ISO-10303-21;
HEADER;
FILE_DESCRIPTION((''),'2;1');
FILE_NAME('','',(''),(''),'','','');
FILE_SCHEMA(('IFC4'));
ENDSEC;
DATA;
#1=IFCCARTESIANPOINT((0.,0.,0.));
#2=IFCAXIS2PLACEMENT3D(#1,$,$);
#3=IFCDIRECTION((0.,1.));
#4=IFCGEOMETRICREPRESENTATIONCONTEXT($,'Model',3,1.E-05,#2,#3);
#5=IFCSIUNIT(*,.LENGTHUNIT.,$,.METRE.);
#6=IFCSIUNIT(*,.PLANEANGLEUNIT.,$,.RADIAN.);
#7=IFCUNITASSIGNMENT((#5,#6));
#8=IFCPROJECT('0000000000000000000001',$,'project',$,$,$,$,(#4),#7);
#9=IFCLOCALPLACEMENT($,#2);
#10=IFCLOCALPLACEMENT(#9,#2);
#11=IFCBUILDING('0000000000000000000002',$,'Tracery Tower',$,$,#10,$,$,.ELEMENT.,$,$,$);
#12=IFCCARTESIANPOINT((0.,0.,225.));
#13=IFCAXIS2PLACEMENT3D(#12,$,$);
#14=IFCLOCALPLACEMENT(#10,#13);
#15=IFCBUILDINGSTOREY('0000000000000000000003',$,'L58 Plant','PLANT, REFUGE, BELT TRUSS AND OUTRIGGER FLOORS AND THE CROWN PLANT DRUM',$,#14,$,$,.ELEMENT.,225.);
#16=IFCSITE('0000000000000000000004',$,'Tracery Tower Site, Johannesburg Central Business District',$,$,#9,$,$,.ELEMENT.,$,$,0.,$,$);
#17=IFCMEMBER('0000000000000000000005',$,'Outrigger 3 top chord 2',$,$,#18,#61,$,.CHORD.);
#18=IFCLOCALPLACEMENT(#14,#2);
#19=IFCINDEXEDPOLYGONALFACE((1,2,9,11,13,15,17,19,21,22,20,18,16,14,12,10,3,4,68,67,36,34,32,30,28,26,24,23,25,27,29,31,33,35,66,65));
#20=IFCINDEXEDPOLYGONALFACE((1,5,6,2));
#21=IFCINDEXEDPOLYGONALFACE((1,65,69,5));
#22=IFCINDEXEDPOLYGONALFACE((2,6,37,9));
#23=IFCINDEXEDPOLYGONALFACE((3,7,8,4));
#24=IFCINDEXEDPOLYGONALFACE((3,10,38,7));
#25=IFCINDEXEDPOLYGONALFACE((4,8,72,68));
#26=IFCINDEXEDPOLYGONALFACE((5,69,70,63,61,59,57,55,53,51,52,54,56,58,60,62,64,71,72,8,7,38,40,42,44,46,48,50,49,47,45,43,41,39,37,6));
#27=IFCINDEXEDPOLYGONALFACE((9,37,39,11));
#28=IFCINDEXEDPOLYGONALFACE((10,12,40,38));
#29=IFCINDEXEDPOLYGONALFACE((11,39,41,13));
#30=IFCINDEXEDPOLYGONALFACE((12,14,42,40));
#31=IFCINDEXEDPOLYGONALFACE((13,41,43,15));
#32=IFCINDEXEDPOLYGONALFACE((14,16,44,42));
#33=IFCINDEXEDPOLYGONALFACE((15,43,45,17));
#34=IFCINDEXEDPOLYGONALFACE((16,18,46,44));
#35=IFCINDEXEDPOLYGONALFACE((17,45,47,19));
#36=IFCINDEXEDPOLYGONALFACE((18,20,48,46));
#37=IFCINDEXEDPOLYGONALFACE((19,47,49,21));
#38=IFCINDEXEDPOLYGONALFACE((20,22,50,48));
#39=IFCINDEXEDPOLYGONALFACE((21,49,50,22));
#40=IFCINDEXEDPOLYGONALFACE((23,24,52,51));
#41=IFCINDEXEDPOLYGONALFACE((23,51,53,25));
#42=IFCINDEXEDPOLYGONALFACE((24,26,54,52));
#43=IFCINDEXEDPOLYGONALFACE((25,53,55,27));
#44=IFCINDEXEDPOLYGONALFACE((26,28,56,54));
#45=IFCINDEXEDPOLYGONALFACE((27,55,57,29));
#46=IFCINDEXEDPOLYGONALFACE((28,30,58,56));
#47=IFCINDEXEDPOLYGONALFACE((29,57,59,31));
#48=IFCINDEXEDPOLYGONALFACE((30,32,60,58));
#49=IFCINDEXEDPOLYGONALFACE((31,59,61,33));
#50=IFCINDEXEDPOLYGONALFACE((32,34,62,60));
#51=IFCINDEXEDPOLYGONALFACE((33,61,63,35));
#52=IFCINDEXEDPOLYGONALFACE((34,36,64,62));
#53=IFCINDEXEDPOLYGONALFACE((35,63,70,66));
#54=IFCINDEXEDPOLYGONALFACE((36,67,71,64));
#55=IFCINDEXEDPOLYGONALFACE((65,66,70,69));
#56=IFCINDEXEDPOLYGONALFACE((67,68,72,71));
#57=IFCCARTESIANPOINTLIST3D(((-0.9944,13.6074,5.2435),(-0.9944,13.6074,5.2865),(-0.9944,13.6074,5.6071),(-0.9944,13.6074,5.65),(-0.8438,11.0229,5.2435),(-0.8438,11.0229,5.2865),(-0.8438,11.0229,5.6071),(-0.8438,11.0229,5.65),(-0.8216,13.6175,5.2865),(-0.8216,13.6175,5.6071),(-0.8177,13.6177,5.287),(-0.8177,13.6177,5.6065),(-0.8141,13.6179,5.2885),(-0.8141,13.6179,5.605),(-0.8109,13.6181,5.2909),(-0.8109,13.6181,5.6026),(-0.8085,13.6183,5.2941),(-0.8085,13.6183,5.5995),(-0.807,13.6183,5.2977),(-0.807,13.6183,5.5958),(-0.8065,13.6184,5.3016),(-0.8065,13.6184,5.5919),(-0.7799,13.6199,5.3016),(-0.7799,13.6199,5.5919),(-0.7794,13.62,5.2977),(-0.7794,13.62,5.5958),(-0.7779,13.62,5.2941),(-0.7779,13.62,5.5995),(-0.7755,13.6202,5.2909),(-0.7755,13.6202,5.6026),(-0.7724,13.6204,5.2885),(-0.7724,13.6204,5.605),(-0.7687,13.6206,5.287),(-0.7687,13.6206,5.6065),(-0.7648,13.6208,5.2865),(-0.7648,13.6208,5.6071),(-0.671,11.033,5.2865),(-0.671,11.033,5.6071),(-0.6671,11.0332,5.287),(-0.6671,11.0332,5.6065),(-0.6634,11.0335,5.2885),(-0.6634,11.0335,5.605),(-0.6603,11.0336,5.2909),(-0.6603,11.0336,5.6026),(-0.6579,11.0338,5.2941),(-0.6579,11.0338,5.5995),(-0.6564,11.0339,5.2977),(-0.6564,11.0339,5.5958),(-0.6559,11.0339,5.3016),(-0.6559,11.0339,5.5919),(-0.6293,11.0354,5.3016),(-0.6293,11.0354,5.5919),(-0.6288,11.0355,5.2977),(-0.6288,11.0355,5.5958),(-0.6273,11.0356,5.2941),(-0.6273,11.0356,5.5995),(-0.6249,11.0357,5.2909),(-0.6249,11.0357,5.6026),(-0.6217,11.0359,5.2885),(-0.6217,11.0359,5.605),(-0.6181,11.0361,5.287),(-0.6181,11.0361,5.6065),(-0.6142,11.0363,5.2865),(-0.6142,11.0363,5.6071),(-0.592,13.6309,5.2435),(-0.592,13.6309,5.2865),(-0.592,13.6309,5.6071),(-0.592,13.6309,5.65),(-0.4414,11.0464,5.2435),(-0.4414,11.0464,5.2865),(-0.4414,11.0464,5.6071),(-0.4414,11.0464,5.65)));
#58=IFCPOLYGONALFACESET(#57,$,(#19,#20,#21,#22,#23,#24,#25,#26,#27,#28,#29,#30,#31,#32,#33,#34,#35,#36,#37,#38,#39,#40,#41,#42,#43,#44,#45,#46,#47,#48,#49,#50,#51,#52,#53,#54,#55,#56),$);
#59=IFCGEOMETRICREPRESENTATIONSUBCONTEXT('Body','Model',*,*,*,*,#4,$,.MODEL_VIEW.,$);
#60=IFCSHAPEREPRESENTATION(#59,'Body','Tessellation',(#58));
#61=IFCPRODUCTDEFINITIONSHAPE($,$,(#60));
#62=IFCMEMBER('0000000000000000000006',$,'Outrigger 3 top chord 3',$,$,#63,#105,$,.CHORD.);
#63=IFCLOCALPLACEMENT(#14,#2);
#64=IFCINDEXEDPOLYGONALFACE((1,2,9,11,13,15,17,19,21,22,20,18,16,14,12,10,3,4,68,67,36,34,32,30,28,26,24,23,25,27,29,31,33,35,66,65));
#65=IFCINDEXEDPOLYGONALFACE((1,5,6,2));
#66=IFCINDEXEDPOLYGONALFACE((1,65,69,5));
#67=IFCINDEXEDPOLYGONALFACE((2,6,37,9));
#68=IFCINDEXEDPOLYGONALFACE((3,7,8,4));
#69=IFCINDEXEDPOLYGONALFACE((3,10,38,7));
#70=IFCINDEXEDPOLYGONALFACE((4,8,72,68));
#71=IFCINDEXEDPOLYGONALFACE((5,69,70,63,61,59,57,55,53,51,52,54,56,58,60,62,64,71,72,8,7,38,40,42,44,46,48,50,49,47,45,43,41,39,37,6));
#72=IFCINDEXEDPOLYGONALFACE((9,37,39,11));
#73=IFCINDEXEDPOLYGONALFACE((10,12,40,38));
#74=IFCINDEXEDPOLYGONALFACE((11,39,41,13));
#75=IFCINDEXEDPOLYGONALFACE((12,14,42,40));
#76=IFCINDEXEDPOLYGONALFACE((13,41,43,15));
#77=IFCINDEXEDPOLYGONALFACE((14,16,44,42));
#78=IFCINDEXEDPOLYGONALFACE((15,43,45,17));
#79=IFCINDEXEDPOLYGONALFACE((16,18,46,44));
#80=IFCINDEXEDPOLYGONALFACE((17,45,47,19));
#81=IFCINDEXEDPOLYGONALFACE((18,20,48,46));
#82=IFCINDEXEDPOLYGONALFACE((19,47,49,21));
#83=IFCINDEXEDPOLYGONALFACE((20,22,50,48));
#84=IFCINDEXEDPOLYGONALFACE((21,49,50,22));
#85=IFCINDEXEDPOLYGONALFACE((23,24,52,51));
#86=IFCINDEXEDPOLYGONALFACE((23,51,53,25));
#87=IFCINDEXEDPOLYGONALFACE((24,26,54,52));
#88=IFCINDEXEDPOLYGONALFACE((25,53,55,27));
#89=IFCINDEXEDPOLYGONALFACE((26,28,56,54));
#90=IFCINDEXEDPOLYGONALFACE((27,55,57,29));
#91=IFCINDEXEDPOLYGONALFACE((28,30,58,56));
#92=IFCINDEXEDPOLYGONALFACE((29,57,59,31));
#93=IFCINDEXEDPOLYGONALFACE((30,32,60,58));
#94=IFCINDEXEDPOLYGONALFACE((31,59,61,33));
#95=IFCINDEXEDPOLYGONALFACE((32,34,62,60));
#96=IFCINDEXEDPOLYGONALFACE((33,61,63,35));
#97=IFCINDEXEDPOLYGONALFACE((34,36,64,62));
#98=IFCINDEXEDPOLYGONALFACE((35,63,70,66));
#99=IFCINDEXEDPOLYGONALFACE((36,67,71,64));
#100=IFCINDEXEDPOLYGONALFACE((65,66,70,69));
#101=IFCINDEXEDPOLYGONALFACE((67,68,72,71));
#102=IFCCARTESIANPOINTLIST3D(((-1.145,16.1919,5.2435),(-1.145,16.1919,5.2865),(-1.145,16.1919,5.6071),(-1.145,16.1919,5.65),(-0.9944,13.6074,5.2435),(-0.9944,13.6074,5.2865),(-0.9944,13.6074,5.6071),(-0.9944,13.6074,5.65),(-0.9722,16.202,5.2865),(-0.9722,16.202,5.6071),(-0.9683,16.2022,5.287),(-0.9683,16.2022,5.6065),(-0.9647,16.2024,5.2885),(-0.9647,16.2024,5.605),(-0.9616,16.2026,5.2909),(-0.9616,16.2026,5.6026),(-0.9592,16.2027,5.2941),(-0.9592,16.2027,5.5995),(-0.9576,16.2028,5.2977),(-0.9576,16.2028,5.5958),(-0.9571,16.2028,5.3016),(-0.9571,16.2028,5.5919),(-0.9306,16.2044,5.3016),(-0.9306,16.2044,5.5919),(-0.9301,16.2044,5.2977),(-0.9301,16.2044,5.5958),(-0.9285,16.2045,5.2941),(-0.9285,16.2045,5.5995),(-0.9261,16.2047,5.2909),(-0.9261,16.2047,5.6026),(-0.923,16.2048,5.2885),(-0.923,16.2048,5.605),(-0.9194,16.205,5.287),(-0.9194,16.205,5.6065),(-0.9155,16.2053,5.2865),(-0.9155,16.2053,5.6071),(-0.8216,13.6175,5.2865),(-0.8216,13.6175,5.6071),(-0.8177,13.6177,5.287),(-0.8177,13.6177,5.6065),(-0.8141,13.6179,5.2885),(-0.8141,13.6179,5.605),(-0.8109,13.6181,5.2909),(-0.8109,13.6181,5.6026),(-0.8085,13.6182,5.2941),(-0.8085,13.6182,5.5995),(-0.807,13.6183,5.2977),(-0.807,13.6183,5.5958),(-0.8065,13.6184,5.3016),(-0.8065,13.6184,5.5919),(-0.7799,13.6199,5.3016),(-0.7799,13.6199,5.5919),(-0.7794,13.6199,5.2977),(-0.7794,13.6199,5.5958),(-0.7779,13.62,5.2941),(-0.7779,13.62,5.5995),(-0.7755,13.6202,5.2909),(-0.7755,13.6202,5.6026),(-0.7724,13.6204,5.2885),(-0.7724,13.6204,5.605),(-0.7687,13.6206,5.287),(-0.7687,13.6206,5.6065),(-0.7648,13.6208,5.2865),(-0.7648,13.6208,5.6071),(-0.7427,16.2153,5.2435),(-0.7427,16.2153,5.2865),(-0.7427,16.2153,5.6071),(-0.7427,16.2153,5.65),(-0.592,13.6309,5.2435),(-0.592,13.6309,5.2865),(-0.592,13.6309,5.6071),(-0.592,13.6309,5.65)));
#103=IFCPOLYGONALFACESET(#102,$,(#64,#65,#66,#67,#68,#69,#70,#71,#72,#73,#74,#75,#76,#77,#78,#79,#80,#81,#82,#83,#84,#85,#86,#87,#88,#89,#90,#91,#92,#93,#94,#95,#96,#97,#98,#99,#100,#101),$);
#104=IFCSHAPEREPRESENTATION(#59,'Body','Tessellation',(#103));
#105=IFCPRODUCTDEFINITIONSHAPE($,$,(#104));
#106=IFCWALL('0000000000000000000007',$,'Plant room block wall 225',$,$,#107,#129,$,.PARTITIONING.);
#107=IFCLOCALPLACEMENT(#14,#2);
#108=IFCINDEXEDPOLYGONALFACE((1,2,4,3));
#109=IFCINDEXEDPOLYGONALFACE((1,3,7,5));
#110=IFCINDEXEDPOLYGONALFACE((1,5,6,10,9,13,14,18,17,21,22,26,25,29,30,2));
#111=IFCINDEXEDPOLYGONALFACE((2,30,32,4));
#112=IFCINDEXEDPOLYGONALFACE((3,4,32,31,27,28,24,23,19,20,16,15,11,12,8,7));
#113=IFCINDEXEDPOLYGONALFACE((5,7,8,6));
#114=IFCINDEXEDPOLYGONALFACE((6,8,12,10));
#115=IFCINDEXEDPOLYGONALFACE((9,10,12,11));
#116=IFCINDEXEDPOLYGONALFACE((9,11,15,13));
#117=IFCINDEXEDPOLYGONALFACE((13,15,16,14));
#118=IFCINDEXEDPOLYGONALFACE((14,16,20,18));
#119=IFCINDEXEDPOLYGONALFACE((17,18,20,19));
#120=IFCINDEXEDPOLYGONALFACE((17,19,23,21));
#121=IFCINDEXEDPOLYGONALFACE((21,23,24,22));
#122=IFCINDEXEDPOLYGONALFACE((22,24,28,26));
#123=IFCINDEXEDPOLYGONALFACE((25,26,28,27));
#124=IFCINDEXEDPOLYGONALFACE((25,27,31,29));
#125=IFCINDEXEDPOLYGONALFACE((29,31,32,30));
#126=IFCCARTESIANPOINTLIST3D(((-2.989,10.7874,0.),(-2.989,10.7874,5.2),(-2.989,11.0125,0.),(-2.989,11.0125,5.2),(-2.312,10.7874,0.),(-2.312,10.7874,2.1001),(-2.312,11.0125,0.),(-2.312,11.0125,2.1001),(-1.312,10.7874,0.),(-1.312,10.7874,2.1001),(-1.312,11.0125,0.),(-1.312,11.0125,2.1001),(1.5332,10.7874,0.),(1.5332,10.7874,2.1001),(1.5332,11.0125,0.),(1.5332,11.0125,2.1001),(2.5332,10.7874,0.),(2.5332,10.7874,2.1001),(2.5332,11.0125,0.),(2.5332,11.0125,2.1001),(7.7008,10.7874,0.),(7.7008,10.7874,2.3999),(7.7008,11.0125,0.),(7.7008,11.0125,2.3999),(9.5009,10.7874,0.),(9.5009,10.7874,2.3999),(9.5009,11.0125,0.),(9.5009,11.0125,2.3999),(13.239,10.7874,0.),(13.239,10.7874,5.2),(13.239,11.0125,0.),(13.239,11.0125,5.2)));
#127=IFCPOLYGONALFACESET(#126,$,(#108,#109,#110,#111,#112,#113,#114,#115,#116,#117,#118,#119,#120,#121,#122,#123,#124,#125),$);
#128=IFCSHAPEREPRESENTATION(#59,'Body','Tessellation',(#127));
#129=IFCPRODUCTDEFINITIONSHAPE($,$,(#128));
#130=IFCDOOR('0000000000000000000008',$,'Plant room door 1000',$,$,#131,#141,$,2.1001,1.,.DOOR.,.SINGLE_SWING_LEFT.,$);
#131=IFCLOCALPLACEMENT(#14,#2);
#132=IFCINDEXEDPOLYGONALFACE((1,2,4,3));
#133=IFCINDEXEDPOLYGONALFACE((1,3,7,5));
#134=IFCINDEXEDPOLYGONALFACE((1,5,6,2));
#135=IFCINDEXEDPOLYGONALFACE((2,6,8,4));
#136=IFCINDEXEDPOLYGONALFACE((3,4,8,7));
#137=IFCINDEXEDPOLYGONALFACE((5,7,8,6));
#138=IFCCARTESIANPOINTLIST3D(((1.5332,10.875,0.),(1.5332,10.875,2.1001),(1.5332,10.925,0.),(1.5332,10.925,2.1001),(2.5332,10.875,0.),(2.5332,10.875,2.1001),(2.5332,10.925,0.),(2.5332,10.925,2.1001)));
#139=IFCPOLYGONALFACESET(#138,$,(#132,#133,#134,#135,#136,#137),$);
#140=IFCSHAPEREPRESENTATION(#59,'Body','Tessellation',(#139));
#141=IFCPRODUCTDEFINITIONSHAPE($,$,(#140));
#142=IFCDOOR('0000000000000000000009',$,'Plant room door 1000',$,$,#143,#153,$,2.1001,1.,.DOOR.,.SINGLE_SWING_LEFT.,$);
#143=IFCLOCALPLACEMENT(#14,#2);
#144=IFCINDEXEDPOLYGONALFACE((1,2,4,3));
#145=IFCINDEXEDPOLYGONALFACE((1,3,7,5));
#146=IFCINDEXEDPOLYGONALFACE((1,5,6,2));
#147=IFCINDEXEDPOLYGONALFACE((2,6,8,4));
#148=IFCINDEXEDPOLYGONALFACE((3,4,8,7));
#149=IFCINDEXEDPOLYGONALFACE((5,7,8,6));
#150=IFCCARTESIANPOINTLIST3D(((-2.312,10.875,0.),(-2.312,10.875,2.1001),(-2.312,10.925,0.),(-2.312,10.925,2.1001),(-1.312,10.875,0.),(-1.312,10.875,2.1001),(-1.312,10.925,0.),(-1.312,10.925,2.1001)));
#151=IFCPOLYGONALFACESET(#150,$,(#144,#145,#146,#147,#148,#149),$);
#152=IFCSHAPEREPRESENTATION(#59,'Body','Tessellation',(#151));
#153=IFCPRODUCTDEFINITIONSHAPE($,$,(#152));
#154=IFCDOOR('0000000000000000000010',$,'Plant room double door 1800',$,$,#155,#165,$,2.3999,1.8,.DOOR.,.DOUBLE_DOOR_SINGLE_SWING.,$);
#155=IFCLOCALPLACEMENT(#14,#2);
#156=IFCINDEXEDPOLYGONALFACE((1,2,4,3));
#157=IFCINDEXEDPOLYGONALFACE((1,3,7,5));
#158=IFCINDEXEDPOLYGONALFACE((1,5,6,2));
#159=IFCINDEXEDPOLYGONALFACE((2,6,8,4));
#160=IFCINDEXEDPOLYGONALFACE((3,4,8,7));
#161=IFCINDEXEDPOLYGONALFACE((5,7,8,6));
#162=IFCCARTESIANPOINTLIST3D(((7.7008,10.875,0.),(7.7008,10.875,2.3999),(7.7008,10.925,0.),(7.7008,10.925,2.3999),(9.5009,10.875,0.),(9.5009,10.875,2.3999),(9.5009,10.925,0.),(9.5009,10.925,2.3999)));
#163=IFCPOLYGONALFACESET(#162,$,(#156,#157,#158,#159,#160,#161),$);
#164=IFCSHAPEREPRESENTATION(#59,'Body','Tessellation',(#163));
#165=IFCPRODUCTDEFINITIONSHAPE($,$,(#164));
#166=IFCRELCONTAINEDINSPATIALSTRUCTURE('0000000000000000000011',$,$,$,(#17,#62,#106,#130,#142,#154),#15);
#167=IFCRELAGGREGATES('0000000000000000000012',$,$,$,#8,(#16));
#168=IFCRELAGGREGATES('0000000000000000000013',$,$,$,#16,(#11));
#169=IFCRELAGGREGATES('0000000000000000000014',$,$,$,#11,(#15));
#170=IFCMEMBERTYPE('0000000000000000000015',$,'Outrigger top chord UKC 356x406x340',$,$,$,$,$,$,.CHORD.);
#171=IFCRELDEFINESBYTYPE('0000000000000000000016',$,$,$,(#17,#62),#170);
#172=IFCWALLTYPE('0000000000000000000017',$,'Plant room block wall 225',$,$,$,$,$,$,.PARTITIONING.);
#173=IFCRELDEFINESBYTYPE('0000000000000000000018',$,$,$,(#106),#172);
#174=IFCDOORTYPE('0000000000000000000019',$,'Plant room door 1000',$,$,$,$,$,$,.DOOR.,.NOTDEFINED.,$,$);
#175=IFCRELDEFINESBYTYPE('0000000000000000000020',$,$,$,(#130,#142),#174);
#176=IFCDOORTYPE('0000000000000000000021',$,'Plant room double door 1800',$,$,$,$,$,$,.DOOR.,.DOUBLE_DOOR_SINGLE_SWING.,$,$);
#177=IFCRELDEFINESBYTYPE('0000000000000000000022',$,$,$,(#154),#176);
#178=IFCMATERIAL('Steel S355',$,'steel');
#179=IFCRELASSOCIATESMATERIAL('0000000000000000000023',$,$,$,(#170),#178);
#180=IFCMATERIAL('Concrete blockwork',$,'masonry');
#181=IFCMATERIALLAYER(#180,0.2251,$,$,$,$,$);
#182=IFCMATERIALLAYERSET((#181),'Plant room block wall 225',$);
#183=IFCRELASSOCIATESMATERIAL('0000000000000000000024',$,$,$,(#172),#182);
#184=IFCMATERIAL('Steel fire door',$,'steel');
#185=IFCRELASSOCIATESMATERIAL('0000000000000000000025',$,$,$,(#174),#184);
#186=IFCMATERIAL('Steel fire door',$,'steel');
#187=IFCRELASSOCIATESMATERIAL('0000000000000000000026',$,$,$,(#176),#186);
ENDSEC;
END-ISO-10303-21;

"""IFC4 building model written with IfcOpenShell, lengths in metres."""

from ifc_helpers import new_model, si_unit, direction, frame, frame_2d, origin, origin_2d, place, context, subcontext, project, spatial, rectangle, i_section, extrude, material, layer, layer_set, material_profile, profile_set, type_object, element, fill, save


model = new_model("IFC4")

# Units and contexts
model_context = context("Model", 3, precision=1e-05, world=origin(), true_north=direction((0.0, 1.0)))
body_context = subcontext(model_context, "Body", "Model", "MODEL_VIEW")
ifc_project = project(units=[si_unit("LENGTHUNIT", "METRE"), si_unit("PLANEANGLEUNIT", "RADIAN")], contexts=[model_context])

# Site, building, storey
site_placement = place(None, origin())
site = spatial("IfcSite", under=ifc_project, at=site_placement, Name="Tracery Tower Site, Johannesburg Central Business District", CompositionType="ELEMENT", RefElevation=0.0)
building_placement = place(site_placement, origin())
building = spatial("IfcBuilding", under=site, at=building_placement, Name="Tracery Tower", CompositionType="ELEMENT")
storey_placement = place(building_placement, frame((0.0, 0.0, 225.0)))
storey = spatial("IfcBuildingStorey", under=building, at=storey_placement, Name="L58 Plant", Description="PLANT, REFUGE, BELT TRUSS AND OUTRIGGER FLOORS AND THE CROWN PLANT DRUM", CompositionType="ELEMENT", Elevation=225.0)

# Members
ifc_material_1 = material(Name="Steel S355", Category="steel")
ifc_material_profile_1 = material_profile(ifc_material_1, i_section(OverallWidth=0.4031, OverallDepth=0.4065, WebThickness=0.0266, FlangeThickness=0.043, FilletRadius=0.0151, at=origin_2d()), Name="UKC 356x406x340")
ifc_profile_set_1 = profile_set([ifc_material_profile_1], Name="Steel S355")
member_type_1 = type_object("IfcMemberType", Name="Outrigger top chord UKC 356x406x340", PredefinedType="CHORD", material=ifc_profile_set_1)
for number, where, z_axis, x_axis, name in (
    (1, (-0.6426, 11.0347, 5.4468), (-0.058186, 0.998306, 0.0), (-0.998306, -0.058186, 0.0), "Outrigger 3 top chord 2"),
    (2, (-0.7932, 13.6191, 5.4468), (-0.058186, 0.998306, 0.0), (-0.998306, -0.058186, 0.0), "Outrigger 3 top chord 3"),
):
    element("IfcMember", number, at=place(storey_placement, frame(where, z_axis=z_axis, x_axis=x_axis)), inside=storey, type_object=member_type_1, Name=name, PredefinedType="CHORD", context=body_context, shape_type="SweptSolid", body=[
        extrude(i_section(OverallWidth=0.4031, OverallDepth=0.4065, WebThickness=0.0266, FlangeThickness=0.043, FilletRadius=0.0151, at=origin_2d()), origin(), (0.0, 0.0, 1.0), 2.5889),
    ])

# Wall, openings, doors
ifc_material_2 = material(Name="Concrete blockwork", Category="masonry")
ifc_layer = layer(ifc_material_2, 0.2251)
ifc_layer_set = layer_set([ifc_layer], Name="Plant room block wall 225")
wall_type = type_object("IfcWallType", Name="Plant room block wall 225", PredefinedType="PARTITIONING", material=ifc_layer_set)
wall_placement = place(storey_placement, frame((13.239, 10.8999, 0.0), z_axis=(0.0, 0.0, 1.0), x_axis=(-1.0, 0.0, 0.0)))
wall = element("IfcWall", 3, at=wall_placement, inside=storey, type_object=wall_type, Name="Plant room block wall 225", PredefinedType="PARTITIONING", context=body_context, shape_type="SweptSolid", body=[
    extrude(rectangle(XDim=16.228, YDim=0.2251, at=frame_2d((8.114, 0.0))), origin(), (0.0, 0.0, 1.0), 5.2),
])
opening_1_placement = place(wall_placement, frame((3.7383, 0.0, 0.0)))
opening_1 = element("IfcOpeningElement", 4, at=opening_1_placement, cuts=wall, PredefinedType="OPENING", context=body_context, shape_type="SweptSolid", body=[
    extrude(rectangle(XDim=1.8, YDim=2.3999, at=frame_2d((0.8999, 1.2))), frame((0.0, 0.1125, 0.0), z_axis=(0.0, -1.0, 0.0), x_axis=(1.0, 0.0, 0.0)), (0.0, 0.0, 1.0), 0.2251),
])
opening_2_placement = place(wall_placement, frame((10.7058, 0.0, 0.0)))
opening_2 = element("IfcOpeningElement", 5, at=opening_2_placement, cuts=wall, PredefinedType="OPENING", context=body_context, shape_type="SweptSolid", body=[
    extrude(rectangle(XDim=1.0, YDim=2.1001, at=frame_2d((0.5, 1.05))), frame((0.0, 0.1125, 0.0), z_axis=(0.0, -1.0, 0.0), x_axis=(1.0, 0.0, 0.0)), (0.0, 0.0, 1.0), 0.2251),
])
opening_3_placement = place(wall_placement, frame((14.551, 0.0, 0.0)))
opening_3 = element("IfcOpeningElement", 6, at=opening_3_placement, cuts=wall, PredefinedType="OPENING", context=body_context, shape_type="SweptSolid", body=[
    extrude(rectangle(XDim=1.0, YDim=2.1001, at=frame_2d((0.5, 1.05))), frame((0.0, 0.1125, 0.0), z_axis=(0.0, -1.0, 0.0), x_axis=(1.0, 0.0, 0.0)), (0.0, 0.0, 1.0), 0.2251),
])
ifc_material_3 = material(Name="Steel fire door", Category="steel")
door_type_1 = type_object("IfcDoorType", Name="Plant room door 1000", OperationType="NOTDEFINED", PredefinedType="DOOR", material=ifc_material_3)
door_1_placement = place(opening_2_placement, origin())
door_1 = element("IfcDoor", 7, at=door_1_placement, inside=storey, type_object=door_type_1, Name="Plant room door 1000", OperationType="SINGLE_SWING_LEFT", OverallHeight=2.1001, OverallWidth=1.0, PredefinedType="DOOR", context=body_context, shape_type="SweptSolid", body=[
    extrude(rectangle(XDim=1.0, YDim=2.1001, at=frame_2d((0.5, 1.05))), frame((0.0, 0.0249, 0.0), z_axis=(0.0, -1.0, 0.0), x_axis=(1.0, 0.0, 0.0)), (0.0, 0.0, 1.0), 0.05),
])
fill(opening_2, door_1)
door_2_placement = place(opening_3_placement, origin())
door_2 = element("IfcDoor", 8, at=door_2_placement, inside=storey, type_object=door_type_1, Name="Plant room door 1000", OperationType="SINGLE_SWING_LEFT", OverallHeight=2.1001, OverallWidth=1.0, PredefinedType="DOOR", context=body_context, shape_type="SweptSolid", body=[
    extrude(rectangle(XDim=1.0, YDim=2.1001, at=frame_2d((0.5, 1.05))), frame((0.0, 0.0249, 0.0), z_axis=(0.0, -1.0, 0.0), x_axis=(1.0, 0.0, 0.0)), (0.0, 0.0, 1.0), 0.05),
])
fill(opening_3, door_2)
ifc_material_4 = material(Name="Steel fire door", Category="steel")
door_type_2 = type_object("IfcDoorType", Name="Plant room double door 1800", OperationType="DOUBLE_DOOR_SINGLE_SWING", PredefinedType="DOOR", material=ifc_material_4)
door_3_placement = place(opening_1_placement, origin())
door_3 = element("IfcDoor", 9, at=door_3_placement, inside=storey, type_object=door_type_2, Name="Plant room double door 1800", OperationType="DOUBLE_DOOR_SINGLE_SWING", OverallHeight=2.3999, OverallWidth=1.8, PredefinedType="DOOR", context=body_context, shape_type="SweptSolid", body=[
    extrude(rectangle(XDim=1.8, YDim=2.3999, at=frame_2d((0.8999, 1.2))), frame((0.0, 0.0249, 0.0), z_axis=(0.0, -1.0, 0.0), x_axis=(1.0, 0.0, 0.0)), (0.0, 0.0, 1.0), 0.05),
])
fill(opening_1, door_3)

save(model, "model.ifc")
